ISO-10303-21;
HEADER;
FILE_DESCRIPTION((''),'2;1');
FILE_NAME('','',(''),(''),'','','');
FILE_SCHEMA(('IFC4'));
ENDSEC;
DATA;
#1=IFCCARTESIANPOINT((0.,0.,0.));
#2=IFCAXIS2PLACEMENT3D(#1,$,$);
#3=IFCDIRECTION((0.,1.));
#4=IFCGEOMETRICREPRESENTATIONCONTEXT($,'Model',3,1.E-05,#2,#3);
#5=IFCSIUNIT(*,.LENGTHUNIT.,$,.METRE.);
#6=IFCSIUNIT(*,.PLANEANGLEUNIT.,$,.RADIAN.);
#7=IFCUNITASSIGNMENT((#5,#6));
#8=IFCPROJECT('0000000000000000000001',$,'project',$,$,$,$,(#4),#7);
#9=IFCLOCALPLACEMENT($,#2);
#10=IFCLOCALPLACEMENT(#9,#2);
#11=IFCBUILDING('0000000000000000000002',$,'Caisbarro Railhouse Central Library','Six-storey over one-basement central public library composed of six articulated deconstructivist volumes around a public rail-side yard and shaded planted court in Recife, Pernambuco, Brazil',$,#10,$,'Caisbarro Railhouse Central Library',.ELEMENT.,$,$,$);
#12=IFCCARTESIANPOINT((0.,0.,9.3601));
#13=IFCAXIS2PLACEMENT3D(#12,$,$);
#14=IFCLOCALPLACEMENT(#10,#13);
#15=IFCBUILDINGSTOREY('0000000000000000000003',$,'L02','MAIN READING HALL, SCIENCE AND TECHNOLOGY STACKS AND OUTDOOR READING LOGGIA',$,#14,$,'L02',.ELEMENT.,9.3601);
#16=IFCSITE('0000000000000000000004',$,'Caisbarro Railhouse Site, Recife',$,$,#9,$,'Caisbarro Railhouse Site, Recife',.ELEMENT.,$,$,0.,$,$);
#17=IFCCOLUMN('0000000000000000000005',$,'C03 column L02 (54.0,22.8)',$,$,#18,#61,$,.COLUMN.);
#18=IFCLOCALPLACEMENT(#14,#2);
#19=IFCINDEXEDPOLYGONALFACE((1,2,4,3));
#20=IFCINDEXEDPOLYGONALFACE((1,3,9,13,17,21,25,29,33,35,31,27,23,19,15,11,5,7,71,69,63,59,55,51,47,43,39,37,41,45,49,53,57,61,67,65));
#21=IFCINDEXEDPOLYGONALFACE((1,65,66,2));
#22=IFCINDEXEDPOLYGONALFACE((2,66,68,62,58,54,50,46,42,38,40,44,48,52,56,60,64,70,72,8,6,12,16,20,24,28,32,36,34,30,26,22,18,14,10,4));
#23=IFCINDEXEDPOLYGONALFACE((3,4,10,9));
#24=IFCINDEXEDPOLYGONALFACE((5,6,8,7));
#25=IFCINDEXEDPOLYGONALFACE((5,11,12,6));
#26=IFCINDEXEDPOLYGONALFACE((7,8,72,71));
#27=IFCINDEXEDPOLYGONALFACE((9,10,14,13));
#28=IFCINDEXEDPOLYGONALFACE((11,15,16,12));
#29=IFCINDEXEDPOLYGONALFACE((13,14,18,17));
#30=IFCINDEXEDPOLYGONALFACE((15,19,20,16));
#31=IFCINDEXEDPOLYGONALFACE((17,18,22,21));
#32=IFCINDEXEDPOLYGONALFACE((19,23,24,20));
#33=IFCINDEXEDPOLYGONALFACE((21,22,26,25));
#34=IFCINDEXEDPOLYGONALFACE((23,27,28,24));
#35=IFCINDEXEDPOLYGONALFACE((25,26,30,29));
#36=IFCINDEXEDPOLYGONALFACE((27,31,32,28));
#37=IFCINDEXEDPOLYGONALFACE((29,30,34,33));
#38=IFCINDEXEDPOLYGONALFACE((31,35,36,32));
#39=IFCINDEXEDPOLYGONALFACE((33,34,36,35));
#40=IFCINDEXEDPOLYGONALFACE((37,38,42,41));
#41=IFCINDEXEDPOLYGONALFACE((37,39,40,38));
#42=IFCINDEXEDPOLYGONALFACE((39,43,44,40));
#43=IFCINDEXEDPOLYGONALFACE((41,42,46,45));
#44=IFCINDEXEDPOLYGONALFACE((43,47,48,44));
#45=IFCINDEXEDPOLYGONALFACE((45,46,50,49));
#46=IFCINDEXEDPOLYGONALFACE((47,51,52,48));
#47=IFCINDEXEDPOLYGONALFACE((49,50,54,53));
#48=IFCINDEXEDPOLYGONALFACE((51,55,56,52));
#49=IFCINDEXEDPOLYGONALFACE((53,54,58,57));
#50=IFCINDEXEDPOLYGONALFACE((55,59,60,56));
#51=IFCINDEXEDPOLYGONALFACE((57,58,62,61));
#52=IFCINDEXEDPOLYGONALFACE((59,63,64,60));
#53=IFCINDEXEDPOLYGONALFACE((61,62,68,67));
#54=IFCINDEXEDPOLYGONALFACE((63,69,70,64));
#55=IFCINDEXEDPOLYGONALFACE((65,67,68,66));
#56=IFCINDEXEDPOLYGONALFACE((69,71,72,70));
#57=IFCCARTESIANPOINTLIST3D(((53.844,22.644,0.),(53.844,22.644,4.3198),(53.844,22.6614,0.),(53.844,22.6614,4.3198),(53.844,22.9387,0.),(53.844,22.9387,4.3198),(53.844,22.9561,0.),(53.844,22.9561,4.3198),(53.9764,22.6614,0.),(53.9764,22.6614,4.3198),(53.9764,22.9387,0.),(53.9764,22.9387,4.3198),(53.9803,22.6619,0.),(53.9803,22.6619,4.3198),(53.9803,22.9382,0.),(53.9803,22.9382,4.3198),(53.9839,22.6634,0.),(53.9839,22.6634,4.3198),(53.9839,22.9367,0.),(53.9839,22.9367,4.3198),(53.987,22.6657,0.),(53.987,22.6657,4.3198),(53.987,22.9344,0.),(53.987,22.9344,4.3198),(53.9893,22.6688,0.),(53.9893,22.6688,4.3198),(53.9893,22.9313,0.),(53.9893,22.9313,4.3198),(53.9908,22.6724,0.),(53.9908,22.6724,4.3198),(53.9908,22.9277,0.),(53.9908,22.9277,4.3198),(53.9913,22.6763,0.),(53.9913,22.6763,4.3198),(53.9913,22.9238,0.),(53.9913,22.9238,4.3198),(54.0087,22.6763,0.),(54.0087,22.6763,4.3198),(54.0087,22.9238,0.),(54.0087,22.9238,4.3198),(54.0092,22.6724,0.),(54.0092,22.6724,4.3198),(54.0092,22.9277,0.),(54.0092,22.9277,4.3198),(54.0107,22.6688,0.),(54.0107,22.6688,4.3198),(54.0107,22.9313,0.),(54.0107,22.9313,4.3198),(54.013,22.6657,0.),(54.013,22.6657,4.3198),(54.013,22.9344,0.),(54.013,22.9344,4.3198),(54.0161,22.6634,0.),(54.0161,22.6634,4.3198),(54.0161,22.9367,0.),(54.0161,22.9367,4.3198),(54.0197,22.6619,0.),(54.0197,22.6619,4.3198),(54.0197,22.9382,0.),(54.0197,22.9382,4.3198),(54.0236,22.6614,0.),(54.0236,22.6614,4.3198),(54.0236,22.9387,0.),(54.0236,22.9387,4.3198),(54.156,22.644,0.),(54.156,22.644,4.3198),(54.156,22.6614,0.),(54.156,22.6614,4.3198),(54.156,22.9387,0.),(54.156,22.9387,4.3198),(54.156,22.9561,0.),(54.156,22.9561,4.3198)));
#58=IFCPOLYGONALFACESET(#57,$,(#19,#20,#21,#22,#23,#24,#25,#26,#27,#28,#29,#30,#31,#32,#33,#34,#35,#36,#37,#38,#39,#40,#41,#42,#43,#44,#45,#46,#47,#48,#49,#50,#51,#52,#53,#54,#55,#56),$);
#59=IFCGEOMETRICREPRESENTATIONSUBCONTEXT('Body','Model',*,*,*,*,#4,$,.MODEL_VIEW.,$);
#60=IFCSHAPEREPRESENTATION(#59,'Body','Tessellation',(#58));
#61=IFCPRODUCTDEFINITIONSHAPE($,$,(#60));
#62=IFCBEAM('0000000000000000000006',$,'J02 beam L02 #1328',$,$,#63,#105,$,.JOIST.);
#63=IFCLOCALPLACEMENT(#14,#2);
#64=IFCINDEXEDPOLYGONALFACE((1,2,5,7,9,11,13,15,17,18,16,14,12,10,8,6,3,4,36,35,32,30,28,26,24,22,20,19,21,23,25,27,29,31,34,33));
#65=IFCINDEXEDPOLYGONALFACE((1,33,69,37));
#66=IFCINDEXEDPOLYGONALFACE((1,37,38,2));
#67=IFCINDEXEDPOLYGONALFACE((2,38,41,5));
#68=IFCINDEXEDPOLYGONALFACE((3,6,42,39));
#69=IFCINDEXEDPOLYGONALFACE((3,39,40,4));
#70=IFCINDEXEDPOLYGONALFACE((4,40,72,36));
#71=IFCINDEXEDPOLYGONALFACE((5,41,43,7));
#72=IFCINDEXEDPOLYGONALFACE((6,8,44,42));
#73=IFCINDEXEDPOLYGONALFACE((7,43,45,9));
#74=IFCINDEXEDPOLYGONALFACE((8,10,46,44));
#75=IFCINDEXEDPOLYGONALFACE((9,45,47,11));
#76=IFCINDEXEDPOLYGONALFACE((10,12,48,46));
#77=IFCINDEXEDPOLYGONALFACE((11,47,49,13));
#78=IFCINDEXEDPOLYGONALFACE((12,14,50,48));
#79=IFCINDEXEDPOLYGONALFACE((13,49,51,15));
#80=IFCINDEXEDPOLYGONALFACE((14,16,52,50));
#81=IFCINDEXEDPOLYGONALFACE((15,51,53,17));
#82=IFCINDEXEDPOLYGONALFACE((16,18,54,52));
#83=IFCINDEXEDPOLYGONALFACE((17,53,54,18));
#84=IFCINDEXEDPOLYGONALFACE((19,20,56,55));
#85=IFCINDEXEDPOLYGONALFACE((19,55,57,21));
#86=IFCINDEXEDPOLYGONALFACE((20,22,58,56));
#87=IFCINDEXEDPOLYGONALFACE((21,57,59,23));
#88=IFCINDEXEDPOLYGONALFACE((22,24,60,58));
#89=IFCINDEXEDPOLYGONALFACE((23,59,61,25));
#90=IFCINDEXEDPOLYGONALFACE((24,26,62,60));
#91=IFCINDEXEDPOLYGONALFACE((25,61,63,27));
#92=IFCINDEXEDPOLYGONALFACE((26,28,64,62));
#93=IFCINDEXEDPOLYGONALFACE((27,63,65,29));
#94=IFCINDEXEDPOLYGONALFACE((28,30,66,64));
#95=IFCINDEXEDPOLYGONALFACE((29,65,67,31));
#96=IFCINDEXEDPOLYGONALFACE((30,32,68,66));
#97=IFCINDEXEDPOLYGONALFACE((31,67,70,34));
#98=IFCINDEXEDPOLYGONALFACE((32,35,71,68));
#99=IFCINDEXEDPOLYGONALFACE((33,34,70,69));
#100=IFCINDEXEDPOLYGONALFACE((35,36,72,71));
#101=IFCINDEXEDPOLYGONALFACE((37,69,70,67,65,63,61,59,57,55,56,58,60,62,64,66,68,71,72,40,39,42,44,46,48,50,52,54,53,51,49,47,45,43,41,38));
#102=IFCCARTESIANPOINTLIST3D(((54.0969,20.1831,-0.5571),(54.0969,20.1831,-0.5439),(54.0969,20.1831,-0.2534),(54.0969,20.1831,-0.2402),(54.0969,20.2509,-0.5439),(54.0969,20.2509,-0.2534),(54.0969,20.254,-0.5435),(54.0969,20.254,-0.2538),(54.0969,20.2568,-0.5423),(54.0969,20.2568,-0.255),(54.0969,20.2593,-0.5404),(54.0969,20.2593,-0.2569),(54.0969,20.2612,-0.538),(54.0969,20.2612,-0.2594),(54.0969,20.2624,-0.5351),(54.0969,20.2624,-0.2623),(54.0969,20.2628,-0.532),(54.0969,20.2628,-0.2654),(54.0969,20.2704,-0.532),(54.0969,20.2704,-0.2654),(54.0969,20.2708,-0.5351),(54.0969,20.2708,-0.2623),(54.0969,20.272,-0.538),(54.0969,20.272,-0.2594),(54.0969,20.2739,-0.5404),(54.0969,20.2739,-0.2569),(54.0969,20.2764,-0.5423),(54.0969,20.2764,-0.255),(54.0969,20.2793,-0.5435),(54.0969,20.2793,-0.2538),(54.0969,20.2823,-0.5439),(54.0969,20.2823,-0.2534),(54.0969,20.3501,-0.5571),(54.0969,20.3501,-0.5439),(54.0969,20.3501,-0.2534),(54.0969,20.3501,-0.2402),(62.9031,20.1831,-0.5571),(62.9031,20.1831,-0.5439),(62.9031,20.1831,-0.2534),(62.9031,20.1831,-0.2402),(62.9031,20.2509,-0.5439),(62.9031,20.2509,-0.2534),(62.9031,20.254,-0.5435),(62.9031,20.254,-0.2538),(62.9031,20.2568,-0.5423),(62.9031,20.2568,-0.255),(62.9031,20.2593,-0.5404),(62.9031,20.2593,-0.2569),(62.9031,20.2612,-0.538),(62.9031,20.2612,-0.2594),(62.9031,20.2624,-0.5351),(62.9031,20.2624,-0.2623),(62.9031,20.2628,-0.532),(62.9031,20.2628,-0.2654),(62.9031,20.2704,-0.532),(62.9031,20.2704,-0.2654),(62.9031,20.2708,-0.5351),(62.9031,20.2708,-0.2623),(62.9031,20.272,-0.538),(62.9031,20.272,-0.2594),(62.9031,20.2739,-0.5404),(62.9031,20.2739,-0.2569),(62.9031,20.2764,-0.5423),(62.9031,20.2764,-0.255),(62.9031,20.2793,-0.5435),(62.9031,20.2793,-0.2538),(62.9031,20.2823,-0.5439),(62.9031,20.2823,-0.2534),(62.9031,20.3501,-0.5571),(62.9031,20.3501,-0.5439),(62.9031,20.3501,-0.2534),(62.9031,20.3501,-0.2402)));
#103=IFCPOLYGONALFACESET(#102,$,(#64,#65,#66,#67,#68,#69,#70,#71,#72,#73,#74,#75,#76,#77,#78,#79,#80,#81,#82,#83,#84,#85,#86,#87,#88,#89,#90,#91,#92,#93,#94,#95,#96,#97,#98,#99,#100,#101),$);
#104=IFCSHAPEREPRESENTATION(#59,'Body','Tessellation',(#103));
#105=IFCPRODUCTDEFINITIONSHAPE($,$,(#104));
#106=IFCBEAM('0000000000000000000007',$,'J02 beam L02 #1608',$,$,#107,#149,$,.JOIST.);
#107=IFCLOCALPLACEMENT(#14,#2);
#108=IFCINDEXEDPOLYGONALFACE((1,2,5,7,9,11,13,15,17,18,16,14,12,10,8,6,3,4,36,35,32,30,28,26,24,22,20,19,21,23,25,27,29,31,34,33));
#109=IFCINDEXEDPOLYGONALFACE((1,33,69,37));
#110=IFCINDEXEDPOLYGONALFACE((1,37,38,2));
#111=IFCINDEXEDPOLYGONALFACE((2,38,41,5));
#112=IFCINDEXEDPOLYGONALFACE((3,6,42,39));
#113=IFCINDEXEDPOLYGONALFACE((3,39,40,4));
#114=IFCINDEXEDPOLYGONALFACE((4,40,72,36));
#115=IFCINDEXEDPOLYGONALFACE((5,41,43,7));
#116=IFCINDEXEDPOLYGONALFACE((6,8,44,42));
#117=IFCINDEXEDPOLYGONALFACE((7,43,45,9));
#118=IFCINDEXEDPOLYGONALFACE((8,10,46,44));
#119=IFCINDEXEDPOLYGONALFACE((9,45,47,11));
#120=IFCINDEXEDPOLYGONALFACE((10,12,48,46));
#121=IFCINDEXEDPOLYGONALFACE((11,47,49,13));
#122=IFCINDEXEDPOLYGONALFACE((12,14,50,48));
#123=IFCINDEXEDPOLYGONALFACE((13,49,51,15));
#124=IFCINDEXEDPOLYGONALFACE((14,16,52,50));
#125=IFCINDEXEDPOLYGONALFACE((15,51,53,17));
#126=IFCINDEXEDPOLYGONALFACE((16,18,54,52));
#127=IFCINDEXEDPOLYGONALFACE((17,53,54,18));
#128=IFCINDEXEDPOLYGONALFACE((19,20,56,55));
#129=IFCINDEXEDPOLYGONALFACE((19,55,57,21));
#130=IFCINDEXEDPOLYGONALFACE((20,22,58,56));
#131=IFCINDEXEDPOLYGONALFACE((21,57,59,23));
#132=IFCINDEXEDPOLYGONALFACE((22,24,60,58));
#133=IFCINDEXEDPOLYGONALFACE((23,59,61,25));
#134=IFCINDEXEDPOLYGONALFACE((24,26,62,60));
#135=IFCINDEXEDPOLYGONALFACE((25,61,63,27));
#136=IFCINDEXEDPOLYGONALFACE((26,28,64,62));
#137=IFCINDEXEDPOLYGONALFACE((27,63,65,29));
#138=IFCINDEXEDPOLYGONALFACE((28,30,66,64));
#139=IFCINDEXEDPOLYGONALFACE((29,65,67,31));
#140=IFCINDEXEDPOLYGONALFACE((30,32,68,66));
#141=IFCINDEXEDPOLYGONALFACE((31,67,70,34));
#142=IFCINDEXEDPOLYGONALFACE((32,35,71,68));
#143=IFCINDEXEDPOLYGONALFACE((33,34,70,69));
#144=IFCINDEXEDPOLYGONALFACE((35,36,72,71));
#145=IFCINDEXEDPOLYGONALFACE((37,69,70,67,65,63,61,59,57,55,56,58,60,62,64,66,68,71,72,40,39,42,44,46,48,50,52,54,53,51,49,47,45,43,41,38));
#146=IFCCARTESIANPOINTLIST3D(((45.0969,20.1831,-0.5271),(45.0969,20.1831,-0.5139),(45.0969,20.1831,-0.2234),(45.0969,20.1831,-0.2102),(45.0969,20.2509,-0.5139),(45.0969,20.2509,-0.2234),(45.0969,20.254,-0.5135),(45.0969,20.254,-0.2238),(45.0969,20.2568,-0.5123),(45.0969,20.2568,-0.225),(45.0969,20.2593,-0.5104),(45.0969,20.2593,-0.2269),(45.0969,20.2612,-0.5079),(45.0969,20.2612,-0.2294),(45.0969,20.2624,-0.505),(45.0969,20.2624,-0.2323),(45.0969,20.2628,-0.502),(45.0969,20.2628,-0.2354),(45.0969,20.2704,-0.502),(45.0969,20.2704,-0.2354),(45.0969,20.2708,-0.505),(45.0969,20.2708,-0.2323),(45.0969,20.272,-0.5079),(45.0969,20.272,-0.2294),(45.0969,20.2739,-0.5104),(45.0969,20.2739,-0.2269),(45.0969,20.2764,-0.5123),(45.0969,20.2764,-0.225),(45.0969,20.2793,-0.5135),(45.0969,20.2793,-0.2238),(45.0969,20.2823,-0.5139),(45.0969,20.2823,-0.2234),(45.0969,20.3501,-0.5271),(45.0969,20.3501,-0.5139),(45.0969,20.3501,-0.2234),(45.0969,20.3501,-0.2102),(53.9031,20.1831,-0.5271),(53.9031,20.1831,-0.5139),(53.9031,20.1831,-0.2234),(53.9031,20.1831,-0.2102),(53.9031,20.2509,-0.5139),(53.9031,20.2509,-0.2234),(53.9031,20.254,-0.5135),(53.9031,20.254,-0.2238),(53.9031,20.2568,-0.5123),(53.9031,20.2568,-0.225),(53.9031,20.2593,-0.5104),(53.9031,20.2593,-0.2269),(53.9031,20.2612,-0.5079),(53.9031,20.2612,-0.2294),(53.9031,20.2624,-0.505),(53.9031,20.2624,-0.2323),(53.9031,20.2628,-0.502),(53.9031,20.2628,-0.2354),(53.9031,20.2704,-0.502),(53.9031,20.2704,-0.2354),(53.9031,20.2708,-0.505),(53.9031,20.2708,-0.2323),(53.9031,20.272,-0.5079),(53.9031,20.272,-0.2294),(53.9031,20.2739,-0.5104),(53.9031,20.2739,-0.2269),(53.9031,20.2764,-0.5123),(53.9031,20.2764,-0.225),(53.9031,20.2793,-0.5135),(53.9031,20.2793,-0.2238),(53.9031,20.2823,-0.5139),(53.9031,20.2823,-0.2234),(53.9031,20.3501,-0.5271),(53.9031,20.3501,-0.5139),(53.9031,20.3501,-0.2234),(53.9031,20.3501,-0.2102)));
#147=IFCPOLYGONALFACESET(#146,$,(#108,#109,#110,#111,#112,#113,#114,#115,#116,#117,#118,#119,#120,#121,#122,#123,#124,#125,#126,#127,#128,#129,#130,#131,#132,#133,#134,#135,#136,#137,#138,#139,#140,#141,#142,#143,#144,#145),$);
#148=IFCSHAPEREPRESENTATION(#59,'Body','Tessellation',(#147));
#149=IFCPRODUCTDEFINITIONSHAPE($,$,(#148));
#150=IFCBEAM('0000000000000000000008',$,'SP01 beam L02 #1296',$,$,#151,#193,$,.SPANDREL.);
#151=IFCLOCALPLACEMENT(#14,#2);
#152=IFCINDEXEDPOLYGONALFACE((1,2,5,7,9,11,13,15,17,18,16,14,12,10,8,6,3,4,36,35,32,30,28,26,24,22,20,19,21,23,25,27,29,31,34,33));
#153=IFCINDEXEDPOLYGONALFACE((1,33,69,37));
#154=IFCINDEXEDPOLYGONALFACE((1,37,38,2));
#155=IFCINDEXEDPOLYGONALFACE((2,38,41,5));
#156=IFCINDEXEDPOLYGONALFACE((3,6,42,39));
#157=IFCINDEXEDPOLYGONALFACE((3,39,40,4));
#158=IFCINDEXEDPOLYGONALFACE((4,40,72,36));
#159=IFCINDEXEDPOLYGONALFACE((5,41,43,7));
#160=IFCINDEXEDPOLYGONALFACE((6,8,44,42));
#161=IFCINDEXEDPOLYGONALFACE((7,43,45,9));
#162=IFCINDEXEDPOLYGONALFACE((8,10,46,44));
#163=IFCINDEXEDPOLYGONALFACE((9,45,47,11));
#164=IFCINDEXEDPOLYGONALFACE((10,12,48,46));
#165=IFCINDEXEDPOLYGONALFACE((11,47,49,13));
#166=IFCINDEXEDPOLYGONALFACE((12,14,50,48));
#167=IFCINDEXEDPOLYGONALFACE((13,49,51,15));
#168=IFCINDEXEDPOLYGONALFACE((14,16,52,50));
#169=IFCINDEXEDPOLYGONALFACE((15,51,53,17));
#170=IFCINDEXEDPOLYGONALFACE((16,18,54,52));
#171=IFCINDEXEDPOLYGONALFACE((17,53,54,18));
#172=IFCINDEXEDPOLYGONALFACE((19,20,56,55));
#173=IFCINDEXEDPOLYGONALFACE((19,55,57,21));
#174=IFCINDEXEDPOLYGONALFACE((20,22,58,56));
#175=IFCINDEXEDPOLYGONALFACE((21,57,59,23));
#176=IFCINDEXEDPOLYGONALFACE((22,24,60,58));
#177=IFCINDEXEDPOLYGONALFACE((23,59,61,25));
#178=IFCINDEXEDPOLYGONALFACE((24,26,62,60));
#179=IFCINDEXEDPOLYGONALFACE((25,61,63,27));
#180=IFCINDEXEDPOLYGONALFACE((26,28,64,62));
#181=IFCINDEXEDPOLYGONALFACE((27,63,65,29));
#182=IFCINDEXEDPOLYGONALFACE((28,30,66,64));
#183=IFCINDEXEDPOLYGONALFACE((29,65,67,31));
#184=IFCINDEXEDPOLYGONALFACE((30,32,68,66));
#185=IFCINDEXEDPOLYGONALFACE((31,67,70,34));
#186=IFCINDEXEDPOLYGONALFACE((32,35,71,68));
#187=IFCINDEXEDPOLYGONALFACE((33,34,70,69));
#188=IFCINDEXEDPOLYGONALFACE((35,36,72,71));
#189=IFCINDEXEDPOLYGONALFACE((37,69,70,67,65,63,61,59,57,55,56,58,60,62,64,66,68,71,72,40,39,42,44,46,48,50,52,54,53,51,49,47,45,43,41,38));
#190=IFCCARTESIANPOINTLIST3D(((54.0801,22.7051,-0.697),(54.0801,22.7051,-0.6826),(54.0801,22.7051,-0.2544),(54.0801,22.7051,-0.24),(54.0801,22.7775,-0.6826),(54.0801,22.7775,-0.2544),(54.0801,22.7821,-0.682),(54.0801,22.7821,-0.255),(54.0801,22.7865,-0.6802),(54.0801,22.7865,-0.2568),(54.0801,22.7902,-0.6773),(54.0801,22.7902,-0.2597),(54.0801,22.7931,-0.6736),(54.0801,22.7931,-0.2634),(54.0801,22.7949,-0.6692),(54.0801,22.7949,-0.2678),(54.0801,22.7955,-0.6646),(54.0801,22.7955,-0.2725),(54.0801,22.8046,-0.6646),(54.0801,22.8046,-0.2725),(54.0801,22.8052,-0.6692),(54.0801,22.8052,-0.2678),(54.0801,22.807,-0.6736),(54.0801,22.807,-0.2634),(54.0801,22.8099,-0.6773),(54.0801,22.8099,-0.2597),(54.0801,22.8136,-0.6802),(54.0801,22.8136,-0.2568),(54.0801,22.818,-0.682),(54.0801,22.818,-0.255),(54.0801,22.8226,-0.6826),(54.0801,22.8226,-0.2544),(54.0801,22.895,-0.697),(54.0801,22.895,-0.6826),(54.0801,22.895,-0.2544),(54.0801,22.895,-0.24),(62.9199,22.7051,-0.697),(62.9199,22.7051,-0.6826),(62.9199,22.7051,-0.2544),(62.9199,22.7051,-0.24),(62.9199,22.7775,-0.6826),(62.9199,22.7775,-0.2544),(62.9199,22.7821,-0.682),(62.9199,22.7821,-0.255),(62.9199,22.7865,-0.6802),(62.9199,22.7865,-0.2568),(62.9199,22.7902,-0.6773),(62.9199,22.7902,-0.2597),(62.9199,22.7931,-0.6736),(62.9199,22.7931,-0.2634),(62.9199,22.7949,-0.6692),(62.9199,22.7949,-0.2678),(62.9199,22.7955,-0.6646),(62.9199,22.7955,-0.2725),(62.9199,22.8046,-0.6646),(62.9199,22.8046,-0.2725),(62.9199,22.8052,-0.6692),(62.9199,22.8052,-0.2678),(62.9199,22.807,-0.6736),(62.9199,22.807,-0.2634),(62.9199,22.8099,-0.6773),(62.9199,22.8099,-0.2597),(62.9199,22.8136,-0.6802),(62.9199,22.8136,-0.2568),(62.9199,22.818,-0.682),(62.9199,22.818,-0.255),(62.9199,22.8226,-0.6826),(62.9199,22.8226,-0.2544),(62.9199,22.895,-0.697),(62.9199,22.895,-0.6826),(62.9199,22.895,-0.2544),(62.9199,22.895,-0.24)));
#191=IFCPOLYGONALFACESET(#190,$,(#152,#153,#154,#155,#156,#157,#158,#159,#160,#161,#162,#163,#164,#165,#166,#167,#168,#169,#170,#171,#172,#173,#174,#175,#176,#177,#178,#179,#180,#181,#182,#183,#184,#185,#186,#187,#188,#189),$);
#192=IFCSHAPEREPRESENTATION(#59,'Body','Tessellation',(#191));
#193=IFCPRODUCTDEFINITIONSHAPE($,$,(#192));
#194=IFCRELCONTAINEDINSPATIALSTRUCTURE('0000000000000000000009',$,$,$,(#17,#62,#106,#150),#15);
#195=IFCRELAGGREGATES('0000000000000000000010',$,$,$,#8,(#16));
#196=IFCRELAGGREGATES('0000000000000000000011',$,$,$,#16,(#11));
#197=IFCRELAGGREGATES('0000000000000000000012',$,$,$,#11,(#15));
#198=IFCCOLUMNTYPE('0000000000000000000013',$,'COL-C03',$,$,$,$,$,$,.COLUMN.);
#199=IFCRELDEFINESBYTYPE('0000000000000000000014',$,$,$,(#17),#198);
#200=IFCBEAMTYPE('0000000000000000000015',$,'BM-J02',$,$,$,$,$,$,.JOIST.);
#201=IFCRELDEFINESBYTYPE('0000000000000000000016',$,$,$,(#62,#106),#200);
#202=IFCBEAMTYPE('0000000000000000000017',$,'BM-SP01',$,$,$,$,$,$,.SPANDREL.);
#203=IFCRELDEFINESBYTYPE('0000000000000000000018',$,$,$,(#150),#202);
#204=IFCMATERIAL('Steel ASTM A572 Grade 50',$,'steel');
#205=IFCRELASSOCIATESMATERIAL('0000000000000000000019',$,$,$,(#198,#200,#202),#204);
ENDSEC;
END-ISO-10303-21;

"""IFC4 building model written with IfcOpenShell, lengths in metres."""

from ifc_helpers import new_model, si_unit, direction, frame, origin, origin_2d, place, context, subcontext, project, spatial, i_section, extrude, material, material_profile, profile_set, type_object, element, save


model = new_model("IFC4")

# Units and contexts
model_context = context("Model", 3, precision=1e-05, world=origin(), true_north=direction((0.0, 1.0)))
body_context = subcontext(model_context, "Body", "Model", "MODEL_VIEW")
ifc_project = project(units=[si_unit("LENGTHUNIT", "METRE"), si_unit("PLANEANGLEUNIT", "RADIAN")], contexts=[model_context])

# Site, building, storey
site_placement = place(None, origin())
site = spatial("IfcSite", under=ifc_project, at=site_placement, Name="Caisbarro Railhouse Site, Recife", LongName="Caisbarro Railhouse Site, Recife", CompositionType="ELEMENT", RefElevation=0.0)
building_placement = place(site_placement, origin())
building = spatial("IfcBuilding", under=site, at=building_placement, Name="Caisbarro Railhouse Central Library", Description="Six-storey over one-basement central public library composed of six articulated deconstructivist volumes around a public rail-side yard and shaded planted court in Recife, Pernambuco, Brazil", LongName="Caisbarro Railhouse Central Library", CompositionType="ELEMENT")
storey_placement = place(building_placement, frame((0.0, 0.0, 9.3601)))
storey = spatial("IfcBuildingStorey", under=building, at=storey_placement, Name="L02", Description="MAIN READING HALL, SCIENCE AND TECHNOLOGY STACKS AND OUTDOOR READING LOGGIA", LongName="L02", CompositionType="ELEMENT", Elevation=9.3601)

# Column
ifc_material_1 = material(Name="Steel ASTM A572 Grade 50", Category="steel")
ifc_material_profile_1 = material_profile(ifc_material_1, i_section(OverallWidth=0.312, OverallDepth=0.312, WebThickness=0.0173, FlangeThickness=0.0173, FilletRadius=0.0149, at=origin_2d()), Name="HP310X125.0")
ifc_profile_set_1 = profile_set([ifc_material_profile_1], Name="Steel ASTM A572 Grade 50")
column_type = type_object("IfcColumnType", Name="COL-C03", PredefinedType="COLUMN", material=ifc_profile_set_1)
column_placement = place(storey_placement, frame((54.0, 22.8, 0.0), z_axis=(0.0, 0.0, 1.0), x_axis=(1.0, 0.0, 0.0)))
element("IfcColumn", 1, at=column_placement, inside=storey, type_object=column_type, Name="C03 column L02 (54.0,22.8)", PredefinedType="COLUMN", context=body_context, shape_type="SweptSolid", body=[
    extrude(i_section(OverallWidth=0.312, OverallDepth=0.312, WebThickness=0.0173, FlangeThickness=0.0173, FilletRadius=0.0149, at=origin_2d()), origin(), (0.0, 0.0, 1.0), 4.3198),
])

# Beams
ifc_material_profile_2 = material_profile(ifc_material_1, i_section(OverallWidth=0.167, OverallDepth=0.3169, WebThickness=0.0076, FlangeThickness=0.0132, FilletRadius=0.012, at=origin_2d()), Name="W310X52.0")
ifc_profile_set_2 = profile_set([ifc_material_profile_2], Name="Steel ASTM A572 Grade 50")
beam_type_1 = type_object("IfcBeamType", Name="BM-J02", PredefinedType="JOIST", material=ifc_profile_set_2)
for number, where, z_axis, x_axis, name in (
    (2, (54.0969, 20.2666, -0.3987), (1.0, 0.0, 0.0), (0.0, 1.0, 0.0), "J02 beam L02 #1328"),
    (3, (45.0969, 20.2666, -0.3687), (1.0, 0.0, 0.0), (0.0, 1.0, 0.0), "J02 beam L02 #1608"),
):
    element("IfcBeam", number, at=place(storey_placement, frame(where, z_axis=z_axis, x_axis=x_axis)), inside=storey, type_object=beam_type_1, Name=name, PredefinedType="JOIST", context=body_context, shape_type="SweptSolid", body=[
        extrude(i_section(OverallWidth=0.167, OverallDepth=0.3169, WebThickness=0.0076, FlangeThickness=0.0132, FilletRadius=0.012, at=origin_2d()), origin(), (0.0, 0.0, 1.0), 8.8062),
    ])
ifc_material_profile_3 = material_profile(ifc_material_1, i_section(OverallWidth=0.1899, OverallDepth=0.457, WebThickness=0.009, FlangeThickness=0.0144, FilletRadius=0.0181, at=origin_2d()), Name="W460X74.0")
ifc_profile_set_3 = profile_set([ifc_material_profile_3], Name="Steel ASTM A572 Grade 50")
beam_type_2 = type_object("IfcBeamType", Name="BM-SP01", PredefinedType="SPANDREL", material=ifc_profile_set_3)
for number, where, z_axis, x_axis, name in (
    (4, (54.0801, 22.8, -0.4685), (1.0, 0.0, 0.0), (0.0, 1.0, 0.0), "SP01 beam L02 #1296"),
):
    element("IfcBeam", number, at=place(storey_placement, frame(where, z_axis=z_axis, x_axis=x_axis)), inside=storey, type_object=beam_type_2, Name=name, PredefinedType="SPANDREL", context=body_context, shape_type="SweptSolid", body=[
        extrude(i_section(OverallWidth=0.1899, OverallDepth=0.457, WebThickness=0.009, FlangeThickness=0.0144, FilletRadius=0.0181, at=origin_2d()), origin(), (0.0, 0.0, 1.0), 8.8398),
    ])

save(model, "model.ifc")
